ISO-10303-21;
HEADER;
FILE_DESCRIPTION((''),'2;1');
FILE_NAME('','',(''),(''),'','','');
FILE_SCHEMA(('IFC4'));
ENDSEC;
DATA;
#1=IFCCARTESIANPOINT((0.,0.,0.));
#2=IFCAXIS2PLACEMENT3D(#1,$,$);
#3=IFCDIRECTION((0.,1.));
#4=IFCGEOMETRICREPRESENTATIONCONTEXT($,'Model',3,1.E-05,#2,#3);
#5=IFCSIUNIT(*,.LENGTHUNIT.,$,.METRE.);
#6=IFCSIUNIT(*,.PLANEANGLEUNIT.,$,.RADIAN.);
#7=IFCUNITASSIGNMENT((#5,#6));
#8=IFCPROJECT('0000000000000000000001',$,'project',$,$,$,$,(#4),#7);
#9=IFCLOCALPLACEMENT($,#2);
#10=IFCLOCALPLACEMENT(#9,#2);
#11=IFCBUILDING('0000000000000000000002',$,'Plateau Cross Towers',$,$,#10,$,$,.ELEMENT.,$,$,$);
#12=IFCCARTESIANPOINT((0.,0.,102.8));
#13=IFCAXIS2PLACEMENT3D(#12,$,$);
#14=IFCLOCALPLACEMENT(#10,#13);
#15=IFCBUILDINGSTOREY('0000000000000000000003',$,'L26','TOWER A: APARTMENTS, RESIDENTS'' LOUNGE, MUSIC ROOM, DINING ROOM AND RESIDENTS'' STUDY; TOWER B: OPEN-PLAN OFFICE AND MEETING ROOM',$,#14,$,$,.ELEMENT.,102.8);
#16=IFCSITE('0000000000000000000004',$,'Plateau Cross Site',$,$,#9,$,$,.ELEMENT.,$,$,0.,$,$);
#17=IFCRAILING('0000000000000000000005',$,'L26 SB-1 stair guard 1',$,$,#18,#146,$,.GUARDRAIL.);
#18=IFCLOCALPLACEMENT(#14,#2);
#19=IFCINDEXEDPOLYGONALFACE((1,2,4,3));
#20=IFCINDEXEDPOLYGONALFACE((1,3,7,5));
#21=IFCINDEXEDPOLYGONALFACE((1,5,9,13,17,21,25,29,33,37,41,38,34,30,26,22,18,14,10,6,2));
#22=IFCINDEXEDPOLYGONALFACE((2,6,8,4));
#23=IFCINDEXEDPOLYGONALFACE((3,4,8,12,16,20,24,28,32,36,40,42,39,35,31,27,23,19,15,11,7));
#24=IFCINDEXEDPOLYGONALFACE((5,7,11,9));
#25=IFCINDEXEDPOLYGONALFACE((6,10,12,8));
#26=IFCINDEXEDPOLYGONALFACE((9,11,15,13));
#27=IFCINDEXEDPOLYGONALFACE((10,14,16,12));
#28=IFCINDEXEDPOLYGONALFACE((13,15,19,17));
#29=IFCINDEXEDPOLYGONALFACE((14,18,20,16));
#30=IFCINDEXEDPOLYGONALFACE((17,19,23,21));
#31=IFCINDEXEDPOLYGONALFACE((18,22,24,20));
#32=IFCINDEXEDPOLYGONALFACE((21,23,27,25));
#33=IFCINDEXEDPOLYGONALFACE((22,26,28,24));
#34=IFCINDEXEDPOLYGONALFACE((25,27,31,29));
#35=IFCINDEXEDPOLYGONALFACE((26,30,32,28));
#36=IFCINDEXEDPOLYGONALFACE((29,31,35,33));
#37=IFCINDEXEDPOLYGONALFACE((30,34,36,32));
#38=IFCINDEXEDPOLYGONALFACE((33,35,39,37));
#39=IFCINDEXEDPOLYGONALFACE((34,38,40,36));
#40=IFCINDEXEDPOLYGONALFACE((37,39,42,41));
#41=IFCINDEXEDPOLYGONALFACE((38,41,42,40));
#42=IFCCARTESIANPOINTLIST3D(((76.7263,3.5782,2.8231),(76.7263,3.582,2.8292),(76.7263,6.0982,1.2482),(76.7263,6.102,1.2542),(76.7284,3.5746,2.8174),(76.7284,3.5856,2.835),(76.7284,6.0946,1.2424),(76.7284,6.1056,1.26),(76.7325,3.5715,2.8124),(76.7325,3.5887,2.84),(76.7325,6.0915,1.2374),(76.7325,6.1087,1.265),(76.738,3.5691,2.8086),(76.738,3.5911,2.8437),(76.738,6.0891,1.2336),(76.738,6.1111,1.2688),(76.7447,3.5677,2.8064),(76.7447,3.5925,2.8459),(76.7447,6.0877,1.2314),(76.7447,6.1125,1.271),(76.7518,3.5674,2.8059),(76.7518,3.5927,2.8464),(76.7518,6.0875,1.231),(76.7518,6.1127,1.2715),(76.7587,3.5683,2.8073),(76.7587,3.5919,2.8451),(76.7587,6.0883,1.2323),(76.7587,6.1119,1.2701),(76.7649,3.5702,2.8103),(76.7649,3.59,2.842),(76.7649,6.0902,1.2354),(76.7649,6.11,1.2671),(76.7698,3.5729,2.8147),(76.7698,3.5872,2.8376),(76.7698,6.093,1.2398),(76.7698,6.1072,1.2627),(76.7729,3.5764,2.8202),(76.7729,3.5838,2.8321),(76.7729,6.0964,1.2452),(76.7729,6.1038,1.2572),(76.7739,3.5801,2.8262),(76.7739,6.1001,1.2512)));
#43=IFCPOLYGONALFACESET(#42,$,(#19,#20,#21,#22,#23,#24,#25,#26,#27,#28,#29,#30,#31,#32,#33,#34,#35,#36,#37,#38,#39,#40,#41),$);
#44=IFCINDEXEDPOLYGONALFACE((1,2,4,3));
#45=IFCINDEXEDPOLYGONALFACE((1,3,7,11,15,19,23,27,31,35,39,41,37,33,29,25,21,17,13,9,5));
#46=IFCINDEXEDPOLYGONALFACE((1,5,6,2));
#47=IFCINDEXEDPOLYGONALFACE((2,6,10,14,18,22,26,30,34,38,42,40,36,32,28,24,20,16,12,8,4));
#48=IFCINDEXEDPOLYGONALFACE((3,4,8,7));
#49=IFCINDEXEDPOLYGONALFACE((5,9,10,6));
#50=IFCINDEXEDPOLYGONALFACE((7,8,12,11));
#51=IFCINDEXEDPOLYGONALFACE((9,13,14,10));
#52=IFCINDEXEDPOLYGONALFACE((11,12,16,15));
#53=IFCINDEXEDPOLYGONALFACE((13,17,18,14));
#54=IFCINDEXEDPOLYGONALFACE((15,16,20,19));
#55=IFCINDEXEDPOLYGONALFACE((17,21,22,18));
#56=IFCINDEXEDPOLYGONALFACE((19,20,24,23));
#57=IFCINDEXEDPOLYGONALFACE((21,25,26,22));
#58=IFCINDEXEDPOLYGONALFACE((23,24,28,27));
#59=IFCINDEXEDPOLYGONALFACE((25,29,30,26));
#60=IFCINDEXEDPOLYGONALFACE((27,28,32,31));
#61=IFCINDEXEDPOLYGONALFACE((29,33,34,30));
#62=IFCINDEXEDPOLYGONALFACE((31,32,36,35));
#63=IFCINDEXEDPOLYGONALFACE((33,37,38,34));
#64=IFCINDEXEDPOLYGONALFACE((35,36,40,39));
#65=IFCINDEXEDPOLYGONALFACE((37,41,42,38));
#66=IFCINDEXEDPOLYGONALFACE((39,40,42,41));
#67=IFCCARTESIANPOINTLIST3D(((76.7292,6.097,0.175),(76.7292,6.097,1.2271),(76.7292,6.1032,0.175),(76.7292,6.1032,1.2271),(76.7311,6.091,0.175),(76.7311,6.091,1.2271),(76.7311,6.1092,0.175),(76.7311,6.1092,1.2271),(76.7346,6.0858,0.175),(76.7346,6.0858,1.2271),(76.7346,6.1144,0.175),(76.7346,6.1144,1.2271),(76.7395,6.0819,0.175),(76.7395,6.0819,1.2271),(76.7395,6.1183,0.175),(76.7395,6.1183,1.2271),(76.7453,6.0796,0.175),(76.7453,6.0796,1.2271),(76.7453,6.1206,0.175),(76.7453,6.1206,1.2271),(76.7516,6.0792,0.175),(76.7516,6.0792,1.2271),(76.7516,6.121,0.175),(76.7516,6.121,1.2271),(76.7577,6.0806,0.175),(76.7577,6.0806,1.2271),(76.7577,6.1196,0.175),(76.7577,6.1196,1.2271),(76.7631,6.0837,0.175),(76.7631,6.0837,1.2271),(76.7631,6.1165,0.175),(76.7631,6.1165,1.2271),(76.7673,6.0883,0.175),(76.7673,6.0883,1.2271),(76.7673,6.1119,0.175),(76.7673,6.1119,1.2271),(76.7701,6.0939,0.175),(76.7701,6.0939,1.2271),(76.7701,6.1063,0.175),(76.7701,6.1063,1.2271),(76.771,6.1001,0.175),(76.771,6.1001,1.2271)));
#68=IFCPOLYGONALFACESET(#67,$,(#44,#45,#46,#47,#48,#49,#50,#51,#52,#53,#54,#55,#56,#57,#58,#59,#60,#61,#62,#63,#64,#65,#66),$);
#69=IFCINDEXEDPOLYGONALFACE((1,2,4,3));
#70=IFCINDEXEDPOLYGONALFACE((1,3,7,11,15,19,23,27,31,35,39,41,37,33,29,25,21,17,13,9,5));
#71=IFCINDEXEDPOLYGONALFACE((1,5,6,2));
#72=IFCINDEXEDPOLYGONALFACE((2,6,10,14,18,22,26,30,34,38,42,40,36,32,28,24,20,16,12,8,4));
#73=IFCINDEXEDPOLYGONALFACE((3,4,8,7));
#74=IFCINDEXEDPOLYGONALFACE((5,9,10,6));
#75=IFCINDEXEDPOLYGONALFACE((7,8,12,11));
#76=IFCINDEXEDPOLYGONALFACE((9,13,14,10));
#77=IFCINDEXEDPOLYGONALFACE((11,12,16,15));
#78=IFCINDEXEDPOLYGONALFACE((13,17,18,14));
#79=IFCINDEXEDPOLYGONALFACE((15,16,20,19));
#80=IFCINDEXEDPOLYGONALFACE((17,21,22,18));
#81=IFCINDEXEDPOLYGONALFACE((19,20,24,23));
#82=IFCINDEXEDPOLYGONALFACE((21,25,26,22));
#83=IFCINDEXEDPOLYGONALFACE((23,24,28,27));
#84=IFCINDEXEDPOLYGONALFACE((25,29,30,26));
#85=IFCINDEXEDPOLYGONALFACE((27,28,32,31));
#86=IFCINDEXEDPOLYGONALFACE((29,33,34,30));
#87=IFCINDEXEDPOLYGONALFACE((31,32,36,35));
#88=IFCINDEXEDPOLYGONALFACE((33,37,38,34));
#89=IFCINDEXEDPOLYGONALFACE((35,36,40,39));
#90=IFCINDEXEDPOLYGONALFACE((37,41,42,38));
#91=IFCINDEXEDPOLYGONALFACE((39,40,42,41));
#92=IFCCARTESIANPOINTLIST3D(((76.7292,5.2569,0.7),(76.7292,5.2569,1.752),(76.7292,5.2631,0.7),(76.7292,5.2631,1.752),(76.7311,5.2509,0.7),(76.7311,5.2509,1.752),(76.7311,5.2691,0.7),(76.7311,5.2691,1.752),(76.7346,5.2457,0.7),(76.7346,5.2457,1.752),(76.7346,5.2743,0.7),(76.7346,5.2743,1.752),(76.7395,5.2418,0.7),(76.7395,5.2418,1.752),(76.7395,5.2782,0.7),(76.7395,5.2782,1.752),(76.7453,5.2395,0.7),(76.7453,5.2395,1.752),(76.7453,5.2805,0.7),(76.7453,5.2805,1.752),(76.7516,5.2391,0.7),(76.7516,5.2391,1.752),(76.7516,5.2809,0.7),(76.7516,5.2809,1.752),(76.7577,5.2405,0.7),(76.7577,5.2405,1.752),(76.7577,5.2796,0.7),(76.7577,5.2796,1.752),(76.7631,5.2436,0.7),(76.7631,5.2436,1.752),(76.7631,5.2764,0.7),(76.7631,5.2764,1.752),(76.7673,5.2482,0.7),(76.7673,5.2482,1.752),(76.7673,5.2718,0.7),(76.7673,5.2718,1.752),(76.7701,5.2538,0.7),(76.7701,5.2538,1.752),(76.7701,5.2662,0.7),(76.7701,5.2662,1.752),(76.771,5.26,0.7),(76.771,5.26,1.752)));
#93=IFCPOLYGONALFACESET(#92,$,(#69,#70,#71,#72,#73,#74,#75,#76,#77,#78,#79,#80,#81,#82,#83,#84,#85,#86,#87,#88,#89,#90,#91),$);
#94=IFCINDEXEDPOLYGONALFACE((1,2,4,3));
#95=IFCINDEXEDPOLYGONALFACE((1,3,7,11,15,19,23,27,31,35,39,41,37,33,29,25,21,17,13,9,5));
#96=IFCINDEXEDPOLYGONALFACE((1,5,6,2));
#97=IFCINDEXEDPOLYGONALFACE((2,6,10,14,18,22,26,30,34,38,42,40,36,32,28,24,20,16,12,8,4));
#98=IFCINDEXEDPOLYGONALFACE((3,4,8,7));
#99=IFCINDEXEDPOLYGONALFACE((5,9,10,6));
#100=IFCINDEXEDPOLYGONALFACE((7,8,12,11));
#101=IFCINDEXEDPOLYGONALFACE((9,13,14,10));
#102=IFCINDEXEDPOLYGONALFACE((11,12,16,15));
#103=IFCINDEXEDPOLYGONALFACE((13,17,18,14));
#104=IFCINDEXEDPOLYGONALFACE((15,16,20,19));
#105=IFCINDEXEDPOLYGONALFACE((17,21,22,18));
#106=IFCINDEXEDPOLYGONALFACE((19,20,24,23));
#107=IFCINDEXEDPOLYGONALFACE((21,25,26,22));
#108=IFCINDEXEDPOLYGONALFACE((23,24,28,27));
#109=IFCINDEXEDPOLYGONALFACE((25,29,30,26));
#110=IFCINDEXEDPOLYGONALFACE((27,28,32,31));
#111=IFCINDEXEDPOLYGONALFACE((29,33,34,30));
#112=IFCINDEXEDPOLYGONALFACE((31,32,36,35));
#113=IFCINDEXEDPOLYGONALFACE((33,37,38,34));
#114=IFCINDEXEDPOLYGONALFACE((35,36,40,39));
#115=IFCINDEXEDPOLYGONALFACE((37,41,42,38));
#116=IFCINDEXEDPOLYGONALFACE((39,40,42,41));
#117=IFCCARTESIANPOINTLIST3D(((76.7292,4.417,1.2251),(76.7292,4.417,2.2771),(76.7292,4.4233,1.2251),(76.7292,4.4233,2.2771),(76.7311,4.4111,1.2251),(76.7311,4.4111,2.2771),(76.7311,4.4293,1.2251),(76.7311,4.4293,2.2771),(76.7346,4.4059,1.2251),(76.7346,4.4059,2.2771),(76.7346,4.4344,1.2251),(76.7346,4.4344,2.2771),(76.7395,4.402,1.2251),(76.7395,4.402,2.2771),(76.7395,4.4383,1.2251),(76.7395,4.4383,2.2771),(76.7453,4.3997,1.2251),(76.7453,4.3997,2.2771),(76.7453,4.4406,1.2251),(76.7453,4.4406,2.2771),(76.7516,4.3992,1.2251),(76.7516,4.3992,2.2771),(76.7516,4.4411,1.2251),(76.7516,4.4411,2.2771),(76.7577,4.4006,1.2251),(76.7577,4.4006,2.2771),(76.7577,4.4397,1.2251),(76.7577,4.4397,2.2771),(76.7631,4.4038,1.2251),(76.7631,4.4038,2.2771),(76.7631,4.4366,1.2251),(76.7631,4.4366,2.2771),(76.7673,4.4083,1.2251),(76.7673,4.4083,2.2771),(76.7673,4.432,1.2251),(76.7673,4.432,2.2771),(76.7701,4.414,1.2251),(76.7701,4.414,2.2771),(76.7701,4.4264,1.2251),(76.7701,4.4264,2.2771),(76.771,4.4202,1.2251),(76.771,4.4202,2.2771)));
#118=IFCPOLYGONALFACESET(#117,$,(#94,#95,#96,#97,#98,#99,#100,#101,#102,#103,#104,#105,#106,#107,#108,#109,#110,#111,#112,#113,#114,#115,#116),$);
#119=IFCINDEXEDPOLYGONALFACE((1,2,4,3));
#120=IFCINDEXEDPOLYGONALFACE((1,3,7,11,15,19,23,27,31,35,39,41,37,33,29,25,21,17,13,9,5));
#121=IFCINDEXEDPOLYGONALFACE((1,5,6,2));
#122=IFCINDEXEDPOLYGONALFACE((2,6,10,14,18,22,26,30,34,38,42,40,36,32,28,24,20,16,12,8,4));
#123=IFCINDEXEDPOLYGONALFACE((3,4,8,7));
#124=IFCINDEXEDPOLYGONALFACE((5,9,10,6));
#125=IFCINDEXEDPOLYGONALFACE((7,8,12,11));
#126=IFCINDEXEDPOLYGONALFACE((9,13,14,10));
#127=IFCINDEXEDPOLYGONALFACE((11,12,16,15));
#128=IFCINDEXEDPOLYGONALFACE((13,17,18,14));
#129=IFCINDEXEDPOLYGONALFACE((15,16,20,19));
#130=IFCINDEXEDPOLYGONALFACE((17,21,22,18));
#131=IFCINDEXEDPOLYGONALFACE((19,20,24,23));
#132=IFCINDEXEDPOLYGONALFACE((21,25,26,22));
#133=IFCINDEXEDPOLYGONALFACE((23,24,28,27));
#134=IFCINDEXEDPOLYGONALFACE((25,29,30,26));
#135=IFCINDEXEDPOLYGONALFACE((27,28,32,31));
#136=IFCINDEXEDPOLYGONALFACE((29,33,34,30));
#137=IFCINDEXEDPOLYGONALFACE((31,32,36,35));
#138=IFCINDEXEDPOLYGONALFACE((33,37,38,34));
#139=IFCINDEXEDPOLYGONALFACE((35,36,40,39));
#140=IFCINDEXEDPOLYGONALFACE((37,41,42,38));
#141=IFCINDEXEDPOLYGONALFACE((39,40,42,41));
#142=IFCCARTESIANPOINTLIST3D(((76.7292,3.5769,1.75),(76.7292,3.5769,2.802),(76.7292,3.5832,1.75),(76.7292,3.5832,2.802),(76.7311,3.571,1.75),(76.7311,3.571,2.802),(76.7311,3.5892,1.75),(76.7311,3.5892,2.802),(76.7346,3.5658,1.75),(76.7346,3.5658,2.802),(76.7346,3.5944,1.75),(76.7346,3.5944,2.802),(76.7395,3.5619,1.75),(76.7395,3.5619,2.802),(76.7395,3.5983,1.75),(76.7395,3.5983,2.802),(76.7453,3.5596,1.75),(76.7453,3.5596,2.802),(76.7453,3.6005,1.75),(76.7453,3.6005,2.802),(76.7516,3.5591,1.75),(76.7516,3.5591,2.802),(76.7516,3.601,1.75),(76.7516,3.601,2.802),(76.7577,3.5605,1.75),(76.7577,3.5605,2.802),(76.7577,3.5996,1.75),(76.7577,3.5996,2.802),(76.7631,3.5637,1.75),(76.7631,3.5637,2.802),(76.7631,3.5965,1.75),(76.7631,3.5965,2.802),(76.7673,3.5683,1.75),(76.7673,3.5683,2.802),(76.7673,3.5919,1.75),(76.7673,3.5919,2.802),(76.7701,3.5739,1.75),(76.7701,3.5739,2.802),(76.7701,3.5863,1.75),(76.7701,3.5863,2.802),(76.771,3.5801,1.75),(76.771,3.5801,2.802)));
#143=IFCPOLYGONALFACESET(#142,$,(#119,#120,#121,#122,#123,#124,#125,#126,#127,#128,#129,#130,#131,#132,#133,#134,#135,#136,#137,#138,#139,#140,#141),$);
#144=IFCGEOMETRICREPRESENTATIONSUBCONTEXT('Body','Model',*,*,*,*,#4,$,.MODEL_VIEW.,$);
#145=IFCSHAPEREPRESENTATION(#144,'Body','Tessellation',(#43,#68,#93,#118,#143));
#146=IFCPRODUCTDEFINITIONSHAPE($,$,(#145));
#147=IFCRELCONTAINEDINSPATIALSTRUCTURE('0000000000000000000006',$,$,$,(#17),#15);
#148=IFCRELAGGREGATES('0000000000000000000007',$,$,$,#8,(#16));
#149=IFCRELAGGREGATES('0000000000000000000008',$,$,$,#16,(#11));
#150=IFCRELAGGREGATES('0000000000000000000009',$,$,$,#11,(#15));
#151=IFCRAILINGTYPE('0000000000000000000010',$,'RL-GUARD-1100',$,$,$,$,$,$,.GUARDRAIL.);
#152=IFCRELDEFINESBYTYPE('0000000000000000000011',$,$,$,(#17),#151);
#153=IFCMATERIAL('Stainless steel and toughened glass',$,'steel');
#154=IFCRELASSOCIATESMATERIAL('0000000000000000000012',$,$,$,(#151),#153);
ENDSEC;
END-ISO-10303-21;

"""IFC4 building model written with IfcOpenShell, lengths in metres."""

from ifc_helpers import new_model, si_unit, direction, frame, origin, origin_2d, place, context, subcontext, project, spatial, circle, extrude, material, type_object, element, save


model = new_model("IFC4")

# Units and contexts
model_context = context("Model", 3, precision=1e-05, world=origin(), true_north=direction((0.0, 1.0)))
body_context = subcontext(model_context, "Body", "Model", "MODEL_VIEW")
ifc_project = project(units=[si_unit("LENGTHUNIT", "METRE"), si_unit("PLANEANGLEUNIT", "RADIAN")], contexts=[model_context])

# Site, building, storey
site_placement = place(None, origin())
site = spatial("IfcSite", under=ifc_project, at=site_placement, Name="Plateau Cross Site", CompositionType="ELEMENT", RefElevation=0.0)
building_placement = place(site_placement, origin())
building = spatial("IfcBuilding", under=site, at=building_placement, Name="Plateau Cross Towers", CompositionType="ELEMENT")
storey_placement = place(building_placement, frame((0.0, 0.0, 102.8)))
storey = spatial("IfcBuildingStorey", under=building, at=storey_placement, Name="L26", Description="TOWER A: APARTMENTS, RESIDENTS' LOUNGE, MUSIC ROOM, DINING ROOM AND RESIDENTS' STUDY; TOWER B: OPEN-PLAN OFFICE AND MEETING ROOM", CompositionType="ELEMENT", Elevation=102.8)

# Railing
ifc_material_1 = material(Name="Stainless steel and toughened glass", Category="steel")
railing_type_1 = type_object("IfcRailingType", Name="RL-GUARD-1100", PredefinedType="GUARDRAIL", material=ifc_material_1)
railing_1_placement = place(storey_placement, frame((76.75, 6.1001, 0.175)))
element("IfcRailing", 1, at=railing_1_placement, inside=storey, type_object=railing_type_1, Name="L26 SB-1 stair guard 1", PredefinedType="GUARDRAIL", context=body_context, shape_type="SweptSolid", body=[
    extrude(circle(Radius=0.0239, at=origin_2d()), frame((0.0, 0.0, 1.0762), z_axis=(0.0, -0.848008, 0.529984), x_axis=(1.0, 0.0, 0.0)), (0.0, 0.0, 1.0), 2.9717),
    extrude(circle(Radius=0.021, at=origin_2d()), origin(), (0.0, 0.0, 1.0), 1.052),
    extrude(circle(Radius=0.021, at=origin_2d()), frame((0.0, -0.8401, 0.5249)), (0.0, 0.0, 1.0), 1.052),
    extrude(circle(Radius=0.021, at=origin_2d()), frame((0.0, -1.6799, 1.05)), (0.0, 0.0, 1.0), 1.052),
    extrude(circle(Radius=0.021, at=origin_2d()), frame((0.0, -2.52, 1.575)), (0.0, 0.0, 1.0), 1.052),
])

save(model, "model.ifc")
